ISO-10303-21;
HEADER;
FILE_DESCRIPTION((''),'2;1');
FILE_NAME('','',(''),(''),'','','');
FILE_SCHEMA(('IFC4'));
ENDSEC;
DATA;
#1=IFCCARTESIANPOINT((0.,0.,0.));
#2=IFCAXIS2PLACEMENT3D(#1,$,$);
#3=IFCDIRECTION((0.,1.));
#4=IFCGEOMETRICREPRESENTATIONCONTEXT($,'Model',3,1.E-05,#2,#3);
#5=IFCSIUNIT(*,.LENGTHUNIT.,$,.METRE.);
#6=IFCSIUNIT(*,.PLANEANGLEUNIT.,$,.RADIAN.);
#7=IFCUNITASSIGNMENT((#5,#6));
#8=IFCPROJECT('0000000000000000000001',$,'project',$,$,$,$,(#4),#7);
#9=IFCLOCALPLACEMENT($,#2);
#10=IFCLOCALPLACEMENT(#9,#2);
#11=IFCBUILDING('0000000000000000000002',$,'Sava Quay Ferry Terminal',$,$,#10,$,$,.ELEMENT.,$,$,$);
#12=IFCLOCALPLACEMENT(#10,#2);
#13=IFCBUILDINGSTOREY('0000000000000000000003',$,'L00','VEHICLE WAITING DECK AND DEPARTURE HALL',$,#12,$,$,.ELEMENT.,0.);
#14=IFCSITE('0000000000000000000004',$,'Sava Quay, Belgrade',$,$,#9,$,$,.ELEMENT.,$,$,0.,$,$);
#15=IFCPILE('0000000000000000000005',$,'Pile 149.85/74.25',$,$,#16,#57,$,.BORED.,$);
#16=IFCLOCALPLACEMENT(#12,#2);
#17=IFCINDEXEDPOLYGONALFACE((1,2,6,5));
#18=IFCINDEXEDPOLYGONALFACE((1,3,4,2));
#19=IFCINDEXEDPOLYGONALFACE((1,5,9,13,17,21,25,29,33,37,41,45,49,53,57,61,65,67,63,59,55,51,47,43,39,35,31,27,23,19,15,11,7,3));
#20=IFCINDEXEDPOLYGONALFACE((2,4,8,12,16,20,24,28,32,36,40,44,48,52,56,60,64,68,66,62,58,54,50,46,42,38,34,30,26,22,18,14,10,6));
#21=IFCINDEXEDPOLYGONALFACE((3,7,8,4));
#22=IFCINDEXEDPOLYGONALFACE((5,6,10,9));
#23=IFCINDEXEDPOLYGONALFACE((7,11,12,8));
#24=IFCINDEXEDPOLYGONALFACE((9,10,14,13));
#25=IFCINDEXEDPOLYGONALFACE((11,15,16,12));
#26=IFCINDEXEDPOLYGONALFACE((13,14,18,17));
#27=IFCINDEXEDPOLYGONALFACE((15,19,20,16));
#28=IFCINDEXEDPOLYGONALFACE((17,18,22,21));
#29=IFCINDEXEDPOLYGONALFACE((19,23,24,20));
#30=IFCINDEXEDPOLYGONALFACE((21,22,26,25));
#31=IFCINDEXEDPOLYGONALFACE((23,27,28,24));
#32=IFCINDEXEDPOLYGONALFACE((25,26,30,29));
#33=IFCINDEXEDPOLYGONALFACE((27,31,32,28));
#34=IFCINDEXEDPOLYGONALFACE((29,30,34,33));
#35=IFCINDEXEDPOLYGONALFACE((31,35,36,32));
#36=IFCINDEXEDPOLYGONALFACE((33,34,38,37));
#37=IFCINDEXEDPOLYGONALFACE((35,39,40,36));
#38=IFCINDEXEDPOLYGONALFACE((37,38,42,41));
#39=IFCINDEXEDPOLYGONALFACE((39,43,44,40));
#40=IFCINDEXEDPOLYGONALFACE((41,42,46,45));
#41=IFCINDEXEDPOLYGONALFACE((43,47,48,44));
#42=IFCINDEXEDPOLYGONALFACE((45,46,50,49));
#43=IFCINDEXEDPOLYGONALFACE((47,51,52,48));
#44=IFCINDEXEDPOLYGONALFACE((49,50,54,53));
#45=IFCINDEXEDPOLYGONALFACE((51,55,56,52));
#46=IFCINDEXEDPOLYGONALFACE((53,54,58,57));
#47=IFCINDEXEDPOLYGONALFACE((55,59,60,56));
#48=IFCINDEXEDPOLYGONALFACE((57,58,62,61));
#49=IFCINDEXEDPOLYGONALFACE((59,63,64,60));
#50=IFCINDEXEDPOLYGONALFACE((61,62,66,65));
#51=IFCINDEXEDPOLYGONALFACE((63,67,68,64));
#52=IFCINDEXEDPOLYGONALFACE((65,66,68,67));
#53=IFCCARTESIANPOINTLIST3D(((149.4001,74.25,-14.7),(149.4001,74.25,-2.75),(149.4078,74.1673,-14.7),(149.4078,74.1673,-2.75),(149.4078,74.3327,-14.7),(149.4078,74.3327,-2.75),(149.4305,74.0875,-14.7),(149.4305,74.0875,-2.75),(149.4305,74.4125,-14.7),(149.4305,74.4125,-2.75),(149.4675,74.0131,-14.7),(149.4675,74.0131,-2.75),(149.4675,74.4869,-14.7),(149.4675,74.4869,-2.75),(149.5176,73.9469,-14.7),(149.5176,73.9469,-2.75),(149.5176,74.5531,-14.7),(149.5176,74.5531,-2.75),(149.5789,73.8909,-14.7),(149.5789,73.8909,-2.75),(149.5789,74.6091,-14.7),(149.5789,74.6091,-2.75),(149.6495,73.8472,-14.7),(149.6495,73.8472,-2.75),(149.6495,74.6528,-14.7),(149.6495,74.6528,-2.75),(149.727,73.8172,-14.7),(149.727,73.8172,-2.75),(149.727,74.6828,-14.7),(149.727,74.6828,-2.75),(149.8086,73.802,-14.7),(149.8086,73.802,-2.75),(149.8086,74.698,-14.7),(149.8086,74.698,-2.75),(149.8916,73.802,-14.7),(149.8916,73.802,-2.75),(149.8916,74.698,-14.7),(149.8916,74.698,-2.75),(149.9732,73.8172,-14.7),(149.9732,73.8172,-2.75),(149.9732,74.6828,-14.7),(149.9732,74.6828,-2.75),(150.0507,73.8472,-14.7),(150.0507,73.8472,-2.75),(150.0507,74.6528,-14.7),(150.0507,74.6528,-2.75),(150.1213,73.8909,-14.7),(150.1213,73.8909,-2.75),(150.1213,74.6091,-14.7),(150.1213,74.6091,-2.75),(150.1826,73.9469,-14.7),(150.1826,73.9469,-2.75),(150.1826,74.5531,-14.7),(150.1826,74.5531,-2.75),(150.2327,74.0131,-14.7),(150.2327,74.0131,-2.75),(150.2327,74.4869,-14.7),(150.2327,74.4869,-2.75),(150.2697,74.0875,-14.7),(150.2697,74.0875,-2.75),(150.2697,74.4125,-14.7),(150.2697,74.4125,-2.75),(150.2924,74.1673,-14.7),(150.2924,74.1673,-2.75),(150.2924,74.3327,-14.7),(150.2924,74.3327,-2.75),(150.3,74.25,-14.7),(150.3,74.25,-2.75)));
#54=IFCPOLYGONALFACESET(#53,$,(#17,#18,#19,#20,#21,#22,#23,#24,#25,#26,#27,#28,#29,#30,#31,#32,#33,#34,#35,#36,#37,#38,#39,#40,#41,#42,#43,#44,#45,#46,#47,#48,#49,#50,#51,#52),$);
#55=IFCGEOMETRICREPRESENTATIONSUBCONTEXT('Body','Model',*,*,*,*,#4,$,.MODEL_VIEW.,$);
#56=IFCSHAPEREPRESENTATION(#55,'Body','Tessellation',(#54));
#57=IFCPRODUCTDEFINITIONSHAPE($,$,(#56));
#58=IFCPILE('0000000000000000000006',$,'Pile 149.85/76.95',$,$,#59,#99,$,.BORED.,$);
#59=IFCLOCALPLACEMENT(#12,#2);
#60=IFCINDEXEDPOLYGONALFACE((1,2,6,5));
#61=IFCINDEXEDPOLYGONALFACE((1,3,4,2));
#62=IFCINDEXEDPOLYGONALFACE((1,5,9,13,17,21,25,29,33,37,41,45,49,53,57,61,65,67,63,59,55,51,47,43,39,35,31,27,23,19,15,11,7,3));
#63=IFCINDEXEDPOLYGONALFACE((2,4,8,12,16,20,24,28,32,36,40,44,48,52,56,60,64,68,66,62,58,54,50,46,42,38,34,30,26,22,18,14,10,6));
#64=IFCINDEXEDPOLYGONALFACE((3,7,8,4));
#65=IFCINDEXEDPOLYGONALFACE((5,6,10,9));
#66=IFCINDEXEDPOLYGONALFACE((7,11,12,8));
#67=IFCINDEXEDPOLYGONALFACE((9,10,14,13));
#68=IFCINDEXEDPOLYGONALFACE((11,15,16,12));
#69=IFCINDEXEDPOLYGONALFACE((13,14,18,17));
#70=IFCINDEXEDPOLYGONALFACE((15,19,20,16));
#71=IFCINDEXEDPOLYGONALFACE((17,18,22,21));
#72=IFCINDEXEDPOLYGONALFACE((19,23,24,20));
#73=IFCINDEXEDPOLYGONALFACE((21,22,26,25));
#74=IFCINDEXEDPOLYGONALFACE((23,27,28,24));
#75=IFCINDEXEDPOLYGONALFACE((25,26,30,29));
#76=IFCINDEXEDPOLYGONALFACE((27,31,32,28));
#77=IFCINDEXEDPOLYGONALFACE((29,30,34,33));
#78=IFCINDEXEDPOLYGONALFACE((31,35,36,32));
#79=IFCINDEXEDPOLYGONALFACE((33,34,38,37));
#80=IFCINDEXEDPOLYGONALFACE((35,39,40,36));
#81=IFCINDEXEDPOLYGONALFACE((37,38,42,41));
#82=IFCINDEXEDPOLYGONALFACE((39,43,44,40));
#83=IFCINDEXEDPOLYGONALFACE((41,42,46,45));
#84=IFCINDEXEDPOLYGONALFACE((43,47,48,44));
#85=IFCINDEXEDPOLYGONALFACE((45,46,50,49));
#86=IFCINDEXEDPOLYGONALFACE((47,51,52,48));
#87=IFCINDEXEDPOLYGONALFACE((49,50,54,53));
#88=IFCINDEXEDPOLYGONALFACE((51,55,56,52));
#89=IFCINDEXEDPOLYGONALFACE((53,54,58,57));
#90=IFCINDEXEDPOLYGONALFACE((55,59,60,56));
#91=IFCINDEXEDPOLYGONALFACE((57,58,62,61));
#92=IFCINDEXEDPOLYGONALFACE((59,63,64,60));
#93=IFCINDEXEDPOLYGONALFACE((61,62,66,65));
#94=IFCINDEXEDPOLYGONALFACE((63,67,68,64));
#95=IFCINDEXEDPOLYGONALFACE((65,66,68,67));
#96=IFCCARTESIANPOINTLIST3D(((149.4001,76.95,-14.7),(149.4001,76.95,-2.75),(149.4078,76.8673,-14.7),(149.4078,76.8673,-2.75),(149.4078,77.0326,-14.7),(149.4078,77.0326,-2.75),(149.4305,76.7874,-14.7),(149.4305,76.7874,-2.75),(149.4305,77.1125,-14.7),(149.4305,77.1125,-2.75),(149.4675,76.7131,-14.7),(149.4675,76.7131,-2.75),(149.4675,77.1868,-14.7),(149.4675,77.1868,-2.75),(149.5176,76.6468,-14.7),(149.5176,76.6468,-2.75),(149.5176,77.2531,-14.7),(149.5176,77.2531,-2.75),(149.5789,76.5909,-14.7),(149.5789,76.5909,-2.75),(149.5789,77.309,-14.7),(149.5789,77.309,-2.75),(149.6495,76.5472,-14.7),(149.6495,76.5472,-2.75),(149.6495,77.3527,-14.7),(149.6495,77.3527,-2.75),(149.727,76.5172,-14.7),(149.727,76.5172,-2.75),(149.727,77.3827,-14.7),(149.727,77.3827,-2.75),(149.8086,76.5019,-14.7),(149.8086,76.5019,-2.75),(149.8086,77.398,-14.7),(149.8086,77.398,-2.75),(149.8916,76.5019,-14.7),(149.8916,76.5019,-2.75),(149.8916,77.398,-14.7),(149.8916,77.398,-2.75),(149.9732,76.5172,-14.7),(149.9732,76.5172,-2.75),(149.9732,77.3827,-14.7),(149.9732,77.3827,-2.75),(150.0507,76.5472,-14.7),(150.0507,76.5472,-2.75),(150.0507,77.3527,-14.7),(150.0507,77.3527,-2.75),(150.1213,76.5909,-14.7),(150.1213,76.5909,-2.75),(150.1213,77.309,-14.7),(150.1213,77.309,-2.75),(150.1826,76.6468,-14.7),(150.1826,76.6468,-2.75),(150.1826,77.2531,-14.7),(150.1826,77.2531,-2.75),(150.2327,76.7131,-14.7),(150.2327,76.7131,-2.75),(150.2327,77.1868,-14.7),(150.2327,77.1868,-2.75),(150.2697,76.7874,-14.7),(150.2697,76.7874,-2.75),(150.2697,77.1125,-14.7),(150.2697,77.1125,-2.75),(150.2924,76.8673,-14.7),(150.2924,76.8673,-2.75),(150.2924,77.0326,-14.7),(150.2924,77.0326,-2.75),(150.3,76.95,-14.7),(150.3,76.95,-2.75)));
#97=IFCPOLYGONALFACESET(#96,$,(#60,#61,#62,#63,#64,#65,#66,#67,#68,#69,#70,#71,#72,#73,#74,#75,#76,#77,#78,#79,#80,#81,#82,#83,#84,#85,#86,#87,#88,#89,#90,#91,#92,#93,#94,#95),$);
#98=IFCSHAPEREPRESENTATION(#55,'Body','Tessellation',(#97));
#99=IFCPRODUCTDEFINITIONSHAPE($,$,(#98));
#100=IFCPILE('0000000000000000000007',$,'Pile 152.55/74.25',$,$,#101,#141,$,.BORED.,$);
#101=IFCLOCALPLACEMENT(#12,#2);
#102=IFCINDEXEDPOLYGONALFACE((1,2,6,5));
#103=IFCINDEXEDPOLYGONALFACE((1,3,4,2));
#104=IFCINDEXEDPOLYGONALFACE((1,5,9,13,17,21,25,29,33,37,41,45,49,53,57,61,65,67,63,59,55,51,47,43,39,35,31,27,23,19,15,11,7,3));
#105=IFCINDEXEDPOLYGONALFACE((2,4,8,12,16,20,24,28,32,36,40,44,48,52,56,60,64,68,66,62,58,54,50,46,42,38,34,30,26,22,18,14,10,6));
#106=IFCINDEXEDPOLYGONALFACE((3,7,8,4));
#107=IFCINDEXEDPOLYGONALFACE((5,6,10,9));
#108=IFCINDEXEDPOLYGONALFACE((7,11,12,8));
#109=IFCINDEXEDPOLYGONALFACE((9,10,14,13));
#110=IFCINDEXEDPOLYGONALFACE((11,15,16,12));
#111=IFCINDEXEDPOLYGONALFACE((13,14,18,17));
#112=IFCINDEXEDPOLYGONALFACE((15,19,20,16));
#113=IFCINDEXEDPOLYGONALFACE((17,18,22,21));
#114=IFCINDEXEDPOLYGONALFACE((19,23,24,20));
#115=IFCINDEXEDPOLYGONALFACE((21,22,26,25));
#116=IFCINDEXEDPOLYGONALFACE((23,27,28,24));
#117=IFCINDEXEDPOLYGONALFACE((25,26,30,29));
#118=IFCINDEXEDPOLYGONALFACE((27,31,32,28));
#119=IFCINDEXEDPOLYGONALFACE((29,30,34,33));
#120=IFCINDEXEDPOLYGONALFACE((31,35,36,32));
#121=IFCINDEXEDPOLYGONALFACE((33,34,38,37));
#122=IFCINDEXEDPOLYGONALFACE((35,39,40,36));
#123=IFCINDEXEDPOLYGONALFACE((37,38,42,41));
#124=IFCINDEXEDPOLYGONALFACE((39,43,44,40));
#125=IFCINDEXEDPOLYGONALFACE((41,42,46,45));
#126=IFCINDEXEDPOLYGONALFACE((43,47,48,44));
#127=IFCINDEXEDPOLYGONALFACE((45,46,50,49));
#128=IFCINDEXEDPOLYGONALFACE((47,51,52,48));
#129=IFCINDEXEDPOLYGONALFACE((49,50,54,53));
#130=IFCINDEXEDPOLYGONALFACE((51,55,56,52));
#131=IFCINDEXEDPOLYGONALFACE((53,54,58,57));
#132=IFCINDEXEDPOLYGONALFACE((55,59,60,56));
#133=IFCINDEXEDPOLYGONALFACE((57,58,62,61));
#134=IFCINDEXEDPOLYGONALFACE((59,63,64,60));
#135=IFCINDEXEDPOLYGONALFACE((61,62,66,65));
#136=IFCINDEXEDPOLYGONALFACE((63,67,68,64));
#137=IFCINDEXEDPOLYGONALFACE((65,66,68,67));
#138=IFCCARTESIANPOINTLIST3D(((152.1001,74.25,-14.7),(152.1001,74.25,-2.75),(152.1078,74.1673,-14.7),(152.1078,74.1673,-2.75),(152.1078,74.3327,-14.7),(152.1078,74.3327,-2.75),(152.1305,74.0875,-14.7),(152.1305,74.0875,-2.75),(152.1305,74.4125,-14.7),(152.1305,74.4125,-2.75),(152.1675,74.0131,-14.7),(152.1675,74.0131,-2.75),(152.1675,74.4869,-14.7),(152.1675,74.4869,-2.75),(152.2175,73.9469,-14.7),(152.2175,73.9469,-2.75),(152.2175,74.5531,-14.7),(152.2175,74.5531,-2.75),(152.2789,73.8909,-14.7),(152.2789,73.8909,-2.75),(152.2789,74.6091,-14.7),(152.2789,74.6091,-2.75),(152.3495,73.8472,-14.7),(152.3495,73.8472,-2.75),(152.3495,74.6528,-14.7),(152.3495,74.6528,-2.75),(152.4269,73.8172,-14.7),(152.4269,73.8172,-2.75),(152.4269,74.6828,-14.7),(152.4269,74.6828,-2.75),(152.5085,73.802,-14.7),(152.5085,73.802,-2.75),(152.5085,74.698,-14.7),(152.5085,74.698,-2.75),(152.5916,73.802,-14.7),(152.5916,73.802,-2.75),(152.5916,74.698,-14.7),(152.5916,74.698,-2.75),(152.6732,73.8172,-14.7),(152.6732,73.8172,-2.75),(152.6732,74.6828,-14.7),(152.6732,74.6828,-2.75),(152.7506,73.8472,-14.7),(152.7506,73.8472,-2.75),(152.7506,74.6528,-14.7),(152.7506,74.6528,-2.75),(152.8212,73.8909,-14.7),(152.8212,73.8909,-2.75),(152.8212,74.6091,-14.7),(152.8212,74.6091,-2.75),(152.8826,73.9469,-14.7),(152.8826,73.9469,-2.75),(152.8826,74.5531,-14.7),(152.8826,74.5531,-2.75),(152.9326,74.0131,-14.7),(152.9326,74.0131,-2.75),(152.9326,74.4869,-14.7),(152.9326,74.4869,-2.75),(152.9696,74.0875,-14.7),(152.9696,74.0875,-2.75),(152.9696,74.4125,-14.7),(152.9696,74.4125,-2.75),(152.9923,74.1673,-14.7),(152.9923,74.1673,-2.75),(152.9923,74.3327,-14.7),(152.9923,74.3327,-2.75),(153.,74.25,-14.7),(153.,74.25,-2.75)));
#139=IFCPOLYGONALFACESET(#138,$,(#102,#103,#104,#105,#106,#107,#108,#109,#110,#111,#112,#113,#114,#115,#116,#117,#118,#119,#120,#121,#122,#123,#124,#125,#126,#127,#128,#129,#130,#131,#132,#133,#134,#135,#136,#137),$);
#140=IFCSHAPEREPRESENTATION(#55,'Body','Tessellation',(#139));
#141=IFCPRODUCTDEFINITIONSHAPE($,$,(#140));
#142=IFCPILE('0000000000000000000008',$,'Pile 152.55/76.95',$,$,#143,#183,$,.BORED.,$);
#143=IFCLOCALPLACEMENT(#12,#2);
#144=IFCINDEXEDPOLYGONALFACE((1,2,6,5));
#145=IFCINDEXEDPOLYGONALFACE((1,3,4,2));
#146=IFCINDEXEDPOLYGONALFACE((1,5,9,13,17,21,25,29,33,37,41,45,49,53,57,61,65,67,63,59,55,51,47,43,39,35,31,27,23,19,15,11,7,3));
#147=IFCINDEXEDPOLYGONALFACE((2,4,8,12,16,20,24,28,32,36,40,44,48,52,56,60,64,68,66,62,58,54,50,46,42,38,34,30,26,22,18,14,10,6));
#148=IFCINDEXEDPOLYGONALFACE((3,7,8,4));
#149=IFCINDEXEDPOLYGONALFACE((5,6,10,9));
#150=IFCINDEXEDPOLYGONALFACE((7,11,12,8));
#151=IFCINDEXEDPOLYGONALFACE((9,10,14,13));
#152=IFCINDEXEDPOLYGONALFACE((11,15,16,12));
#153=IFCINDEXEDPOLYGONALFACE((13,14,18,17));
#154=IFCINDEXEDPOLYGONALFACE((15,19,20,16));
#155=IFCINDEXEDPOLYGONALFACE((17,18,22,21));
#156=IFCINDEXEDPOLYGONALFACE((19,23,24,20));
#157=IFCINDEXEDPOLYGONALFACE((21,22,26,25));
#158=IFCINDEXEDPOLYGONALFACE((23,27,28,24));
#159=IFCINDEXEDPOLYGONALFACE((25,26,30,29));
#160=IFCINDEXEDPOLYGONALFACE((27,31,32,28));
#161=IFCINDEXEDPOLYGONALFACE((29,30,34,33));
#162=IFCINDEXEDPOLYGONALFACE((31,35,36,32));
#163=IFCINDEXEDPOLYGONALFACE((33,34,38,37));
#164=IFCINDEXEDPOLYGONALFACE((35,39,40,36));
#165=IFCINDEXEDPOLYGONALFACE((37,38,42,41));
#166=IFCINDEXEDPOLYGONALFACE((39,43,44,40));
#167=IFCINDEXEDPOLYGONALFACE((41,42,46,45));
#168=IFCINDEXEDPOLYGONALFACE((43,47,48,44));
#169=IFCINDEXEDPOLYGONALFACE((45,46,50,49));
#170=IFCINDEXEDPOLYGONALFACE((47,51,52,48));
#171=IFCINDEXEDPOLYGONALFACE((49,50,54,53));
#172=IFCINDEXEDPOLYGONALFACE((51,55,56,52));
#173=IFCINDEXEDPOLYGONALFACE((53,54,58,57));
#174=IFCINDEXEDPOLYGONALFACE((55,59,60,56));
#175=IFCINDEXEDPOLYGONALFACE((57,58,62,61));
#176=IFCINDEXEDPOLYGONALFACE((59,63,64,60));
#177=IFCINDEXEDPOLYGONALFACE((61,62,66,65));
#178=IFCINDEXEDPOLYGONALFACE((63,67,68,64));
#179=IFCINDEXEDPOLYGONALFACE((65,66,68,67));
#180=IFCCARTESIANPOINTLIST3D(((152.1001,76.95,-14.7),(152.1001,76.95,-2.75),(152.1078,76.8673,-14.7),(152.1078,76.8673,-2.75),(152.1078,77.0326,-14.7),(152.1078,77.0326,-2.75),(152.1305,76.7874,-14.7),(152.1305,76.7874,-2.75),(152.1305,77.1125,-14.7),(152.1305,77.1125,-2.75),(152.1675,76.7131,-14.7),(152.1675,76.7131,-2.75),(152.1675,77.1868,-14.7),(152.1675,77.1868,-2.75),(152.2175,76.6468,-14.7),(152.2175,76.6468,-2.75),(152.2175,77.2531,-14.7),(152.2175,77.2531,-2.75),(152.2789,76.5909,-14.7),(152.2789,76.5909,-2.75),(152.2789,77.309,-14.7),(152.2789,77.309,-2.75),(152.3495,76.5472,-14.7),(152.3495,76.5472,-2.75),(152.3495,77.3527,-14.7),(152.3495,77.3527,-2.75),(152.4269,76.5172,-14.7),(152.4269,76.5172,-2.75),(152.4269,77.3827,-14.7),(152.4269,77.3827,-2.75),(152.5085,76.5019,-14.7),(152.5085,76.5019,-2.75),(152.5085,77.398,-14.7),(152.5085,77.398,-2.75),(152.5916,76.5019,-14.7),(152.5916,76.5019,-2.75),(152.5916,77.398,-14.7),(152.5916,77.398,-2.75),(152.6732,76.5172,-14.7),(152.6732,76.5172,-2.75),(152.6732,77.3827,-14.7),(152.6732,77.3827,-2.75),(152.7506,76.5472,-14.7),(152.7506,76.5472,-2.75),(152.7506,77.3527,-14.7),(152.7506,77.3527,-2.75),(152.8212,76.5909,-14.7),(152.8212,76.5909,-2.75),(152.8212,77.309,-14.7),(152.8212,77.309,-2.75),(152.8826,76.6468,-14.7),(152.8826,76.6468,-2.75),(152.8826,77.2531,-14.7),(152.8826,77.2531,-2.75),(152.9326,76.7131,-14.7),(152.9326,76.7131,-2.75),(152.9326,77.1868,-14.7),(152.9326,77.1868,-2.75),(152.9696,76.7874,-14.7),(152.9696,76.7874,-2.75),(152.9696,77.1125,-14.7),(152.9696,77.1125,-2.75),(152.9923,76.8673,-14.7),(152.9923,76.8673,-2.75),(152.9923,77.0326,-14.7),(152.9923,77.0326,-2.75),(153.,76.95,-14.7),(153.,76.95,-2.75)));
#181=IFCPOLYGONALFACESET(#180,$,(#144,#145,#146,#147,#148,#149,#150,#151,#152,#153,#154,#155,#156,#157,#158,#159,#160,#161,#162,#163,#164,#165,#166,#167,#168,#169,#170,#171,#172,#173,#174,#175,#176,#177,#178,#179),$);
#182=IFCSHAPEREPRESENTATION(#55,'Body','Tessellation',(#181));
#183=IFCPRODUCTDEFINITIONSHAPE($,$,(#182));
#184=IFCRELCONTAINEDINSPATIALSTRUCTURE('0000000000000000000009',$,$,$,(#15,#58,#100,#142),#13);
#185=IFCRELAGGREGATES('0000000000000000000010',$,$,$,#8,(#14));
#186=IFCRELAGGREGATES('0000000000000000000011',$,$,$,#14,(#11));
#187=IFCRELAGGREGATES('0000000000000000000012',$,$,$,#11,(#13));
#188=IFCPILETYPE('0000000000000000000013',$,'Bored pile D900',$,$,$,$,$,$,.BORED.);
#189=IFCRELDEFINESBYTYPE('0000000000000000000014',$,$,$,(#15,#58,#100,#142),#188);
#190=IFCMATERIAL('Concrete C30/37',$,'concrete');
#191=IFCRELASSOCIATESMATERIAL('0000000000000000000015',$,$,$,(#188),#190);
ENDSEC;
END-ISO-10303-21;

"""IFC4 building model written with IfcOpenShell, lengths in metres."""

from ifc_helpers import new_model, si_unit, direction, frame, origin, origin_2d, place, context, subcontext, project, spatial, circle, extrude, material, material_profile, profile_set, type_object, element, save


model = new_model("IFC4")

# Units and contexts
model_context = context("Model", 3, precision=1e-05, world=origin(), true_north=direction((0.0, 1.0)))
body_context = subcontext(model_context, "Body", "Model", "MODEL_VIEW")
ifc_project = project(units=[si_unit("LENGTHUNIT", "METRE"), si_unit("PLANEANGLEUNIT", "RADIAN")], contexts=[model_context])

# Site, building, storey
site_placement = place(None, origin())
site = spatial("IfcSite", under=ifc_project, at=site_placement, Name="Sava Quay, Belgrade", CompositionType="ELEMENT", RefElevation=0.0)
building_placement = place(site_placement, origin())
building = spatial("IfcBuilding", under=site, at=building_placement, Name="Sava Quay Ferry Terminal", CompositionType="ELEMENT")
storey_placement = place(building_placement, origin())
storey = spatial("IfcBuildingStorey", under=building, at=storey_placement, Name="L00", Description="VEHICLE WAITING DECK AND DEPARTURE HALL", CompositionType="ELEMENT", Elevation=0.0)

# Piles
ifc_material_1 = material(Name="Concrete C30/37", Category="concrete")
ifc_material_profile_1 = material_profile(ifc_material_1, circle(Radius=0.45, at=origin_2d()), Name="Bored pile D900")
ifc_profile_set_1 = profile_set([ifc_material_profile_1], Name="Concrete C30/37")
pile_type = type_object("IfcPileType", Name="Bored pile D900", PredefinedType="BORED", material=ifc_profile_set_1)
for number, where, z_axis, x_axis, name in (
    (1, (149.8501, 74.25, -2.75), (0.0, 0.0, -1.0), (1.0, 0.0, 0.0), "Pile 149.85/74.25"),
    (2, (149.8501, 76.95, -2.75), (0.0, 0.0, -1.0), (1.0, 0.0, 0.0), "Pile 149.85/76.95"),
    (3, (152.55, 74.25, -2.75), (0.0, 0.0, -1.0), (1.0, 0.0, 0.0), "Pile 152.55/74.25"),
    (4, (152.55, 76.95, -2.75), (0.0, 0.0, -1.0), (1.0, 0.0, 0.0), "Pile 152.55/76.95"),
):
    element("IfcPile", number, at=place(storey_placement, frame(where, z_axis=z_axis, x_axis=x_axis)), inside=storey, type_object=pile_type, Name=name, PredefinedType="BORED", context=body_context, shape_type="SweptSolid", body=[
        extrude(circle(Radius=0.45, at=origin_2d()), origin(), (0.0, 0.0, 1.0), 11.95),
    ])

save(model, "model.ifc")
